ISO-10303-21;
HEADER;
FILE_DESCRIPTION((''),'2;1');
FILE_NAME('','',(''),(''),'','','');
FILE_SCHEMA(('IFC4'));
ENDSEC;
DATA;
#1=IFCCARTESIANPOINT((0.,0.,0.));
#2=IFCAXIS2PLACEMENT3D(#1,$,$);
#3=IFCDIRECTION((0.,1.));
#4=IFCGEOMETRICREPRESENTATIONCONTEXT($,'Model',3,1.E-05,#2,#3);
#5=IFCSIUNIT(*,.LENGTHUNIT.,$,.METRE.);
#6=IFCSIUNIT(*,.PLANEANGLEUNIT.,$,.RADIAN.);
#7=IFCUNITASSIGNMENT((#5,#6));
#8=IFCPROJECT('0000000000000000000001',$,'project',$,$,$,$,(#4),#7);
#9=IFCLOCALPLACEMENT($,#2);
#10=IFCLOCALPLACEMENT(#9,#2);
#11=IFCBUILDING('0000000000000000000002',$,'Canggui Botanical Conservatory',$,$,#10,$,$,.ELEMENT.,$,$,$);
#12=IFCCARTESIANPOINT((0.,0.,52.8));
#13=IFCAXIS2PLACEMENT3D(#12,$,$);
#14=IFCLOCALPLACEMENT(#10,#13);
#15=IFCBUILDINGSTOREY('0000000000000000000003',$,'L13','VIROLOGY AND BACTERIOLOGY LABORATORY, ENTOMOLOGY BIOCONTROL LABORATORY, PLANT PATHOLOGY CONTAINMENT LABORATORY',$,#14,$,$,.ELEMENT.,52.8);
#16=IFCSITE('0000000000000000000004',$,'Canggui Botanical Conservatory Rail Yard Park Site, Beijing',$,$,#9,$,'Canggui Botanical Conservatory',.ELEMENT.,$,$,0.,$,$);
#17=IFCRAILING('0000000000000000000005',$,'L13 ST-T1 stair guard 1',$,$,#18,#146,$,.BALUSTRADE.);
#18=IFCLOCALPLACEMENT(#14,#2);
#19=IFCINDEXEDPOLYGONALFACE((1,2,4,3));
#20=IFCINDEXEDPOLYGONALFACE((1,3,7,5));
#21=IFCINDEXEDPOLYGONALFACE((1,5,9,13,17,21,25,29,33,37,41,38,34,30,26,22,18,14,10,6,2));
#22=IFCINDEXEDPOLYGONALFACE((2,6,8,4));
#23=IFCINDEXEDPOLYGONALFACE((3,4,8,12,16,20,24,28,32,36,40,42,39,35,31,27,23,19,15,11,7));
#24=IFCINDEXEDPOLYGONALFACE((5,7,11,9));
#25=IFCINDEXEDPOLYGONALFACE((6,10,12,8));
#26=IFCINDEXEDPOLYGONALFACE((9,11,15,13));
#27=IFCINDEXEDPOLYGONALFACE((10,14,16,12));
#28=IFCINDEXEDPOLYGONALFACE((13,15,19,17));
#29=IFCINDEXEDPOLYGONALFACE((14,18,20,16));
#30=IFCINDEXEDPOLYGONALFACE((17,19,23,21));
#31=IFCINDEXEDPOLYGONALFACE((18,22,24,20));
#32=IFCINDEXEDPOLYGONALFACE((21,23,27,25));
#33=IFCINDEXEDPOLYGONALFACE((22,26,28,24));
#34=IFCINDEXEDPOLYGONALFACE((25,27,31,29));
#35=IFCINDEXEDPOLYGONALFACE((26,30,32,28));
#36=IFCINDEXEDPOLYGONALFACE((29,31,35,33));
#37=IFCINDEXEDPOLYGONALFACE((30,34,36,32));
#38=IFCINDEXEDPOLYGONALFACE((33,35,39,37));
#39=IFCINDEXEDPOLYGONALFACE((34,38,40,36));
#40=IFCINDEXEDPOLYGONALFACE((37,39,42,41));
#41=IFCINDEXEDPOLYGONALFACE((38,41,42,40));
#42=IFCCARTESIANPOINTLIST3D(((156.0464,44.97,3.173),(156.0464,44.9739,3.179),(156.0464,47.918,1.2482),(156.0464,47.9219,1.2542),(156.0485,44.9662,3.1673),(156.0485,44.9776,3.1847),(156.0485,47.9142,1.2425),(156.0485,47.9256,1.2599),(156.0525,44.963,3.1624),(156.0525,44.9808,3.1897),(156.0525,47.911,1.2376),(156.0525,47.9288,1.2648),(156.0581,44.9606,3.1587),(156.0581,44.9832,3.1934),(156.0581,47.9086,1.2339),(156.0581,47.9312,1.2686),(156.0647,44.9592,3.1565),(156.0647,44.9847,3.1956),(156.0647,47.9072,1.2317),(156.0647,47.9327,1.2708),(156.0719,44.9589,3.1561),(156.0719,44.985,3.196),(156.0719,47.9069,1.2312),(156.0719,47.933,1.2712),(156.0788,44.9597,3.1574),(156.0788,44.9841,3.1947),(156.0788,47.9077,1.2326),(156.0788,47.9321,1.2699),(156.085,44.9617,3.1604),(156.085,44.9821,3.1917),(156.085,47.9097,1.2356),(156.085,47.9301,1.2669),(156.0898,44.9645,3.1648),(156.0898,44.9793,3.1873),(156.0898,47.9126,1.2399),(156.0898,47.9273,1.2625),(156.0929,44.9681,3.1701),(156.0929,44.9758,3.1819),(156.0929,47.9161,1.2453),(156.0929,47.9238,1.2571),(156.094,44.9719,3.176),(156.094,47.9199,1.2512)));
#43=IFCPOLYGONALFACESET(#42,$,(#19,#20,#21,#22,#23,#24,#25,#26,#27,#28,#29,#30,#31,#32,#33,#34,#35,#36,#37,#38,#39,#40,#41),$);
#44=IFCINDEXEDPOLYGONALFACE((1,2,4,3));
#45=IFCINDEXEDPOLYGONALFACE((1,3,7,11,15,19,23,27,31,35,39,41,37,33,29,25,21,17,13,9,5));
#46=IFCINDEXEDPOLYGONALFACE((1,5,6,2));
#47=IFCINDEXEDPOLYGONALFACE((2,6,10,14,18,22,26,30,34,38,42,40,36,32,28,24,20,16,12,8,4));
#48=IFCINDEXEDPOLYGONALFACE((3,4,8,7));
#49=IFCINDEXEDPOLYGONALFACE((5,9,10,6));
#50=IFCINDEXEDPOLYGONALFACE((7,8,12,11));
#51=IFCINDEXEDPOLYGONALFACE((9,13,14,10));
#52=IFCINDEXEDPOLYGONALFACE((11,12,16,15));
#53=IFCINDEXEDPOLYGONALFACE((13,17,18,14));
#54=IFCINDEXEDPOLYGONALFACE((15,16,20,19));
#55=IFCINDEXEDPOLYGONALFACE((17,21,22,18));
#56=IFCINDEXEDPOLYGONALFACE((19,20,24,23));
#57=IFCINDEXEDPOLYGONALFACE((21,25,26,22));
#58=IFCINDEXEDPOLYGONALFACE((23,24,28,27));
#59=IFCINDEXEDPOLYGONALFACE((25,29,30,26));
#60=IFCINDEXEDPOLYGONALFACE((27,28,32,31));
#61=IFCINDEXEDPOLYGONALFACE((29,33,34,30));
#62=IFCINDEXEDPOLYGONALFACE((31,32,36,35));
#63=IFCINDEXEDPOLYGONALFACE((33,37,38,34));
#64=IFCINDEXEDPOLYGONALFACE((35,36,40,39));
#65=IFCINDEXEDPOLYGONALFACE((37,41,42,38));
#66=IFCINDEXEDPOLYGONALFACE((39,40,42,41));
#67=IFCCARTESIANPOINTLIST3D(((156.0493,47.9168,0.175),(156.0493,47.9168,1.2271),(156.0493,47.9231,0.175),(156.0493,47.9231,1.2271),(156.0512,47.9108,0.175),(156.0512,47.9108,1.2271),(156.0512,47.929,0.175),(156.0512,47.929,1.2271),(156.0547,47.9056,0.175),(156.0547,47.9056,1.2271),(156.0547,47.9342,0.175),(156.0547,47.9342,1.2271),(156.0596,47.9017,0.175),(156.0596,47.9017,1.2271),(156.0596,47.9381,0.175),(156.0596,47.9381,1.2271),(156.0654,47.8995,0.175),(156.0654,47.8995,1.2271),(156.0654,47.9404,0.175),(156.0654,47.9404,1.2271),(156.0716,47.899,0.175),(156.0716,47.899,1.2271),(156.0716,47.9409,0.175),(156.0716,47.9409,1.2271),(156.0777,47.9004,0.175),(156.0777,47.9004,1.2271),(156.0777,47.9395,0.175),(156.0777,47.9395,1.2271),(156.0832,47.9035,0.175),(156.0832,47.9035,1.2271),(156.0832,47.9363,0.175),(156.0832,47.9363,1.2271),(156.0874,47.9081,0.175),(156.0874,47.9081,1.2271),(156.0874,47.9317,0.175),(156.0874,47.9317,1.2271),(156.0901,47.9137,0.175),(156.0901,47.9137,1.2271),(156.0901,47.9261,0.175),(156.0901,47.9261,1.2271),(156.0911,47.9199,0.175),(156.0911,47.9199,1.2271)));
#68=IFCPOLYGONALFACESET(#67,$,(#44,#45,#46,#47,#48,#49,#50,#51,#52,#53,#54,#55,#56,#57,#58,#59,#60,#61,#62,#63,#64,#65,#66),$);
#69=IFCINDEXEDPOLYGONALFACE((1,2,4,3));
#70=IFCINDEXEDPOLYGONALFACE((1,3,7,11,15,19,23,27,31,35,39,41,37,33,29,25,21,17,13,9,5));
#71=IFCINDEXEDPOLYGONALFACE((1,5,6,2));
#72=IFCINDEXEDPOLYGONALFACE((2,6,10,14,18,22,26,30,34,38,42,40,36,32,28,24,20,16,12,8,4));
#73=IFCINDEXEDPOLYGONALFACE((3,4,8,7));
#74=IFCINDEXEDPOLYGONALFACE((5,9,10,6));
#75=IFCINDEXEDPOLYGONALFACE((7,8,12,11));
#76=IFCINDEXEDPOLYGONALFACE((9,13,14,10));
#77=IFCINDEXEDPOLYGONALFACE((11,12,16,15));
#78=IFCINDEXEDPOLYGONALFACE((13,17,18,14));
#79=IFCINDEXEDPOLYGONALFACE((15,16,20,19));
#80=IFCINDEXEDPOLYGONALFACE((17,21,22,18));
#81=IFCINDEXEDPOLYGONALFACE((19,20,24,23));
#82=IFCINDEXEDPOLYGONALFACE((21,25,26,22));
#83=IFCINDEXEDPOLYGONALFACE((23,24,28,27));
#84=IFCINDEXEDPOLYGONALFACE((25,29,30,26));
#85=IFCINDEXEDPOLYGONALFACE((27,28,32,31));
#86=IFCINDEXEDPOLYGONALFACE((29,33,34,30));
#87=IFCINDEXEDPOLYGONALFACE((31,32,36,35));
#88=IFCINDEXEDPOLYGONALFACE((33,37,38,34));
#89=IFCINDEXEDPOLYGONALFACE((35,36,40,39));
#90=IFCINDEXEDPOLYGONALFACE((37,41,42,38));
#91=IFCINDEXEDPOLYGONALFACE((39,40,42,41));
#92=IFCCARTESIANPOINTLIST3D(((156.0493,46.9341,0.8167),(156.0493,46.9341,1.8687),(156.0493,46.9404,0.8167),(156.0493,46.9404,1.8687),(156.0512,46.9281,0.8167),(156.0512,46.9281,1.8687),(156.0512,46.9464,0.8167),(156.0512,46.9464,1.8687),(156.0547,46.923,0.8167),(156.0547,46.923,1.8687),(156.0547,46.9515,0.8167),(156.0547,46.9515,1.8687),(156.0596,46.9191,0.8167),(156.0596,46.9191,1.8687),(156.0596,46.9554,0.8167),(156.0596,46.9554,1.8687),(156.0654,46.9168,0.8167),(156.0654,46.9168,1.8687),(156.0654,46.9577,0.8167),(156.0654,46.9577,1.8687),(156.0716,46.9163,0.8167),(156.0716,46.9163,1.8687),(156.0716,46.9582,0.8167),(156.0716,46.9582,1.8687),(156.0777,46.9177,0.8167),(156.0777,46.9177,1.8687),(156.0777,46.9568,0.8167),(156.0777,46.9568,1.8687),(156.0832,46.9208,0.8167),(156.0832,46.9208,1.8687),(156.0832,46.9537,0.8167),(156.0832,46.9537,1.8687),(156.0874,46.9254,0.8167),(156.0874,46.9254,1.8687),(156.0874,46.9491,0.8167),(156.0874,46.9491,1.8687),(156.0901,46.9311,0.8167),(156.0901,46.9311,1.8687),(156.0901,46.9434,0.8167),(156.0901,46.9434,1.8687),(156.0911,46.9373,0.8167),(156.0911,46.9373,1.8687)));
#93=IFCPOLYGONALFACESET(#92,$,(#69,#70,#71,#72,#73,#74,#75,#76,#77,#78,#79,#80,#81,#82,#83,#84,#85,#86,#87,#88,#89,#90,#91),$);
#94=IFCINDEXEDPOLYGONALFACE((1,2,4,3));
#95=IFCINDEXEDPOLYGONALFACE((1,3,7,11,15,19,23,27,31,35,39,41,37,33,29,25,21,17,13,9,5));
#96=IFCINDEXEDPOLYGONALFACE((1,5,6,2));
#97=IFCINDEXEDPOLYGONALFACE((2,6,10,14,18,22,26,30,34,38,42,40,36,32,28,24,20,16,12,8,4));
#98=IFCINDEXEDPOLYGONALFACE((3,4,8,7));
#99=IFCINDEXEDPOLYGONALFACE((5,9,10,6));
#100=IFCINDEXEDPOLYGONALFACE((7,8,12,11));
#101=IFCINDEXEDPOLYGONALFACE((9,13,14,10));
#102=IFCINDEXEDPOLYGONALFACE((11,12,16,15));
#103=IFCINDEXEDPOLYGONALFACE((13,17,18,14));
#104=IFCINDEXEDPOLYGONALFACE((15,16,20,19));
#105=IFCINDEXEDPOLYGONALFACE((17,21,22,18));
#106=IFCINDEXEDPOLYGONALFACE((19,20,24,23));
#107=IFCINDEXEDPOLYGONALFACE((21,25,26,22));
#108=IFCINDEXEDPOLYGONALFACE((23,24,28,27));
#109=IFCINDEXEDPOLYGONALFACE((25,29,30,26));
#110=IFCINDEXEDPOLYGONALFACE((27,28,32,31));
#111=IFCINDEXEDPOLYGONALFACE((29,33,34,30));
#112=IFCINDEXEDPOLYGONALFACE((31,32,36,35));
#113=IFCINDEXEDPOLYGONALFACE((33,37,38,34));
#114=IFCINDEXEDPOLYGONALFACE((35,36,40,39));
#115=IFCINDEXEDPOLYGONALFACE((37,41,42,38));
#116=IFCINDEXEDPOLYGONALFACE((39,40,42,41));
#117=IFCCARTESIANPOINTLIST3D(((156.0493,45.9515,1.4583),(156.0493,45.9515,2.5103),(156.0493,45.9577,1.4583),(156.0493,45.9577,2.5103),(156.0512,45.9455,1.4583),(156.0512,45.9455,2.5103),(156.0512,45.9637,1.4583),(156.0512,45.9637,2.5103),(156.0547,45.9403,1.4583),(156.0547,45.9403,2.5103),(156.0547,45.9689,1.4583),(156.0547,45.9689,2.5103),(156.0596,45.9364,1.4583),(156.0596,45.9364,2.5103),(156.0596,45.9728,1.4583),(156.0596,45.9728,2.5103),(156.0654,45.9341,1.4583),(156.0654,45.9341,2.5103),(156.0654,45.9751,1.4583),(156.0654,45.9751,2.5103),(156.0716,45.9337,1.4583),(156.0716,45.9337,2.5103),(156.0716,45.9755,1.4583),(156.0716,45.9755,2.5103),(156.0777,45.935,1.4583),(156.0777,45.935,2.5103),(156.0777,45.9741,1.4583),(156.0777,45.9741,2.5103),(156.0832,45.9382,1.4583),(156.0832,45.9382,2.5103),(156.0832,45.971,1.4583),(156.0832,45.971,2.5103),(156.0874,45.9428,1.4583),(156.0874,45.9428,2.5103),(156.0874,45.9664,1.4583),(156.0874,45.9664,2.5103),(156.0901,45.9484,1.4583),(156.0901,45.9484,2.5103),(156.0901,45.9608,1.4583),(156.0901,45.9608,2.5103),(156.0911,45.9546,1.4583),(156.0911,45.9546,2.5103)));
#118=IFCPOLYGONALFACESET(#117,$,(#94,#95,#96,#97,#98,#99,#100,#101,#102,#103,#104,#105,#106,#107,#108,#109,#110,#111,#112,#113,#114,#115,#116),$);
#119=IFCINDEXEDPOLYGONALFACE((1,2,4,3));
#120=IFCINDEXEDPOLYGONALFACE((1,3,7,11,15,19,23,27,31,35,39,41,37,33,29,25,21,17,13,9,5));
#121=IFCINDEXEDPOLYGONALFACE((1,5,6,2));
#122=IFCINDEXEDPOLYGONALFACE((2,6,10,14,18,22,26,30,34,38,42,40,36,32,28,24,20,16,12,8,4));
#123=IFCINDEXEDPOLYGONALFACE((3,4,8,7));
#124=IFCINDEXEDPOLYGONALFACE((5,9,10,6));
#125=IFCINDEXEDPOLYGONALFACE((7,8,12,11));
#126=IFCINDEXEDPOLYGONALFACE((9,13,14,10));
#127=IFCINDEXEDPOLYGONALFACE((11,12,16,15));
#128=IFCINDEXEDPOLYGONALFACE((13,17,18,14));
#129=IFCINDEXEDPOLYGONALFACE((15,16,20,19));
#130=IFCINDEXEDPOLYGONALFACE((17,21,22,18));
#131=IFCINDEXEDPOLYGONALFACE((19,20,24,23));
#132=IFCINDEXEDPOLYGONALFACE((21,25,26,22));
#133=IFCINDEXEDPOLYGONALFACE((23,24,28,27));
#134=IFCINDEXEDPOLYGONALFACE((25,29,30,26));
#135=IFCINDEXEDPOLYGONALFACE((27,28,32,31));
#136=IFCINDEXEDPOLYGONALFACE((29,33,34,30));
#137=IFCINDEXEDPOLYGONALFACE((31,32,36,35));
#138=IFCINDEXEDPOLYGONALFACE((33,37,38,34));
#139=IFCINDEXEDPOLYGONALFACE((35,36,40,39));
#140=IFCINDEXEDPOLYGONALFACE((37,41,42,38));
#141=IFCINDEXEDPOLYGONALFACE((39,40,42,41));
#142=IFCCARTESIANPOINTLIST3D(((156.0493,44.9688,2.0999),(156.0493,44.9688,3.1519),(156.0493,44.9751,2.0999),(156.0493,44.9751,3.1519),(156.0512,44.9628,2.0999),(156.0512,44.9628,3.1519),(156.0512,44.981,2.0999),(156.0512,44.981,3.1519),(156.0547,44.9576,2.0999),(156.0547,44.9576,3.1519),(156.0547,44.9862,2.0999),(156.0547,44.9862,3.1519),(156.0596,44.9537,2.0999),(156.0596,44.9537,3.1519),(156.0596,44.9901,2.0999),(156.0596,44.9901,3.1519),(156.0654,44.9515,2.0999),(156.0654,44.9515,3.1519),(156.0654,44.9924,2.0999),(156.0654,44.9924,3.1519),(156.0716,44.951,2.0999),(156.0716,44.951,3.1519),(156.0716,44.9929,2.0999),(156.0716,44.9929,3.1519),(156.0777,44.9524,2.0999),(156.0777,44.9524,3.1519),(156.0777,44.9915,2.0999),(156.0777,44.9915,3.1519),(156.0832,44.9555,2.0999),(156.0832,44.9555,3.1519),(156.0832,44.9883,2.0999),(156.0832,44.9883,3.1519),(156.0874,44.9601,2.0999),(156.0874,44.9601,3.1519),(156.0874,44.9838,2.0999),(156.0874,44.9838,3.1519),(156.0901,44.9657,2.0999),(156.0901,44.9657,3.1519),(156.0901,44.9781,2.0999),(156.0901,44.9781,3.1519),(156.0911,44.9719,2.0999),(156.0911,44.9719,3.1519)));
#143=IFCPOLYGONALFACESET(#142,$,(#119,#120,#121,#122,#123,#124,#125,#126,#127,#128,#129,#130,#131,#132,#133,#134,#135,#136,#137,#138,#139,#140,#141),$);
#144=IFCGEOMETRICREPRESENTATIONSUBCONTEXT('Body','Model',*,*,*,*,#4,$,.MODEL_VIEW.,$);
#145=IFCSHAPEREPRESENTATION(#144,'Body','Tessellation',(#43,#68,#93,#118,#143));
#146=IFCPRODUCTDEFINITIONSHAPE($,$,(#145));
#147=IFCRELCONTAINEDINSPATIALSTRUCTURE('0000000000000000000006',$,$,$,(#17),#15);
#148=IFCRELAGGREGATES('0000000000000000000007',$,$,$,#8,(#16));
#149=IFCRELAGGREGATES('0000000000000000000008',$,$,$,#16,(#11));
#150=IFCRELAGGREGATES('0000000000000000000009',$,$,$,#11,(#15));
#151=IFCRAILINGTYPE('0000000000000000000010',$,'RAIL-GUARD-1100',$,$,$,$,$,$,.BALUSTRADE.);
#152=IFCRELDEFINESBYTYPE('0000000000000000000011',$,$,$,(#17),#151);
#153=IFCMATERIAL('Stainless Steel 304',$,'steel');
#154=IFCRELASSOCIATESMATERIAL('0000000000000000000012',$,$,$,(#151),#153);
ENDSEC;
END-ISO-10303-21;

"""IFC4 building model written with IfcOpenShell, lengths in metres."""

from ifc_helpers import new_model, si_unit, direction, frame, origin, origin_2d, place, context, subcontext, project, spatial, circle, extrude, material, type_object, element, save


model = new_model("IFC4")

# Units and contexts
model_context = context("Model", 3, precision=1e-05, world=origin(), true_north=direction((0.0, 1.0)))
body_context = subcontext(model_context, "Body", "Model", "MODEL_VIEW")
ifc_project = project(units=[si_unit("LENGTHUNIT", "METRE"), si_unit("PLANEANGLEUNIT", "RADIAN")], contexts=[model_context])

# Site, building, storey
site_placement = place(None, origin())
site = spatial("IfcSite", under=ifc_project, at=site_placement, Name="Canggui Botanical Conservatory Rail Yard Park Site, Beijing", LongName="Canggui Botanical Conservatory", CompositionType="ELEMENT", RefElevation=0.0)
building_placement = place(site_placement, origin())
building = spatial("IfcBuilding", under=site, at=building_placement, Name="Canggui Botanical Conservatory", CompositionType="ELEMENT")
storey_placement = place(building_placement, frame((0.0, 0.0, 52.8)))
storey = spatial("IfcBuildingStorey", under=building, at=storey_placement, Name="L13", Description="VIROLOGY AND BACTERIOLOGY LABORATORY, ENTOMOLOGY BIOCONTROL LABORATORY, PLANT PATHOLOGY CONTAINMENT LABORATORY", CompositionType="ELEMENT", Elevation=52.8)

# Shared definitions
ifc_material_1 = material(Name="Stainless Steel 304", Category="steel")

# Railing
railing_type_1 = type_object("IfcRailingType", Name="RAIL-GUARD-1100", PredefinedType="BALUSTRADE", material=ifc_material_1)
railing_1_placement = place(storey_placement, frame((156.0701, 47.9199, 0.175)))
element("IfcRailing", 1, at=railing_1_placement, inside=storey, type_object=railing_type_1, Name="L13 ST-T1 stair guard 1", PredefinedType="BALUSTRADE", context=body_context, shape_type="SweptSolid", body=[
    extrude(circle(Radius=0.0239, at=origin_2d()), frame((0.0, 0.0, 1.0762), z_axis=(0.0, -0.837325, 0.546706), x_axis=(1.0, 0.0, 0.0)), (0.0, 0.0, 1.0), 3.5208),
    extrude(circle(Radius=0.021, at=origin_2d()), origin(), (0.0, 0.0, 1.0), 1.052),
    extrude(circle(Radius=0.021, at=origin_2d()), frame((0.0, -0.9827, 0.6416)), (0.0, 0.0, 1.0), 1.052),
    extrude(circle(Radius=0.021, at=origin_2d()), frame((0.0, -1.9653, 1.2832)), (0.0, 0.0, 1.0), 1.052),
    extrude(circle(Radius=0.021, at=origin_2d()), frame((0.0, -2.948, 1.9248)), (0.0, 0.0, 1.0), 1.052),
])

save(model, "model.ifc")
